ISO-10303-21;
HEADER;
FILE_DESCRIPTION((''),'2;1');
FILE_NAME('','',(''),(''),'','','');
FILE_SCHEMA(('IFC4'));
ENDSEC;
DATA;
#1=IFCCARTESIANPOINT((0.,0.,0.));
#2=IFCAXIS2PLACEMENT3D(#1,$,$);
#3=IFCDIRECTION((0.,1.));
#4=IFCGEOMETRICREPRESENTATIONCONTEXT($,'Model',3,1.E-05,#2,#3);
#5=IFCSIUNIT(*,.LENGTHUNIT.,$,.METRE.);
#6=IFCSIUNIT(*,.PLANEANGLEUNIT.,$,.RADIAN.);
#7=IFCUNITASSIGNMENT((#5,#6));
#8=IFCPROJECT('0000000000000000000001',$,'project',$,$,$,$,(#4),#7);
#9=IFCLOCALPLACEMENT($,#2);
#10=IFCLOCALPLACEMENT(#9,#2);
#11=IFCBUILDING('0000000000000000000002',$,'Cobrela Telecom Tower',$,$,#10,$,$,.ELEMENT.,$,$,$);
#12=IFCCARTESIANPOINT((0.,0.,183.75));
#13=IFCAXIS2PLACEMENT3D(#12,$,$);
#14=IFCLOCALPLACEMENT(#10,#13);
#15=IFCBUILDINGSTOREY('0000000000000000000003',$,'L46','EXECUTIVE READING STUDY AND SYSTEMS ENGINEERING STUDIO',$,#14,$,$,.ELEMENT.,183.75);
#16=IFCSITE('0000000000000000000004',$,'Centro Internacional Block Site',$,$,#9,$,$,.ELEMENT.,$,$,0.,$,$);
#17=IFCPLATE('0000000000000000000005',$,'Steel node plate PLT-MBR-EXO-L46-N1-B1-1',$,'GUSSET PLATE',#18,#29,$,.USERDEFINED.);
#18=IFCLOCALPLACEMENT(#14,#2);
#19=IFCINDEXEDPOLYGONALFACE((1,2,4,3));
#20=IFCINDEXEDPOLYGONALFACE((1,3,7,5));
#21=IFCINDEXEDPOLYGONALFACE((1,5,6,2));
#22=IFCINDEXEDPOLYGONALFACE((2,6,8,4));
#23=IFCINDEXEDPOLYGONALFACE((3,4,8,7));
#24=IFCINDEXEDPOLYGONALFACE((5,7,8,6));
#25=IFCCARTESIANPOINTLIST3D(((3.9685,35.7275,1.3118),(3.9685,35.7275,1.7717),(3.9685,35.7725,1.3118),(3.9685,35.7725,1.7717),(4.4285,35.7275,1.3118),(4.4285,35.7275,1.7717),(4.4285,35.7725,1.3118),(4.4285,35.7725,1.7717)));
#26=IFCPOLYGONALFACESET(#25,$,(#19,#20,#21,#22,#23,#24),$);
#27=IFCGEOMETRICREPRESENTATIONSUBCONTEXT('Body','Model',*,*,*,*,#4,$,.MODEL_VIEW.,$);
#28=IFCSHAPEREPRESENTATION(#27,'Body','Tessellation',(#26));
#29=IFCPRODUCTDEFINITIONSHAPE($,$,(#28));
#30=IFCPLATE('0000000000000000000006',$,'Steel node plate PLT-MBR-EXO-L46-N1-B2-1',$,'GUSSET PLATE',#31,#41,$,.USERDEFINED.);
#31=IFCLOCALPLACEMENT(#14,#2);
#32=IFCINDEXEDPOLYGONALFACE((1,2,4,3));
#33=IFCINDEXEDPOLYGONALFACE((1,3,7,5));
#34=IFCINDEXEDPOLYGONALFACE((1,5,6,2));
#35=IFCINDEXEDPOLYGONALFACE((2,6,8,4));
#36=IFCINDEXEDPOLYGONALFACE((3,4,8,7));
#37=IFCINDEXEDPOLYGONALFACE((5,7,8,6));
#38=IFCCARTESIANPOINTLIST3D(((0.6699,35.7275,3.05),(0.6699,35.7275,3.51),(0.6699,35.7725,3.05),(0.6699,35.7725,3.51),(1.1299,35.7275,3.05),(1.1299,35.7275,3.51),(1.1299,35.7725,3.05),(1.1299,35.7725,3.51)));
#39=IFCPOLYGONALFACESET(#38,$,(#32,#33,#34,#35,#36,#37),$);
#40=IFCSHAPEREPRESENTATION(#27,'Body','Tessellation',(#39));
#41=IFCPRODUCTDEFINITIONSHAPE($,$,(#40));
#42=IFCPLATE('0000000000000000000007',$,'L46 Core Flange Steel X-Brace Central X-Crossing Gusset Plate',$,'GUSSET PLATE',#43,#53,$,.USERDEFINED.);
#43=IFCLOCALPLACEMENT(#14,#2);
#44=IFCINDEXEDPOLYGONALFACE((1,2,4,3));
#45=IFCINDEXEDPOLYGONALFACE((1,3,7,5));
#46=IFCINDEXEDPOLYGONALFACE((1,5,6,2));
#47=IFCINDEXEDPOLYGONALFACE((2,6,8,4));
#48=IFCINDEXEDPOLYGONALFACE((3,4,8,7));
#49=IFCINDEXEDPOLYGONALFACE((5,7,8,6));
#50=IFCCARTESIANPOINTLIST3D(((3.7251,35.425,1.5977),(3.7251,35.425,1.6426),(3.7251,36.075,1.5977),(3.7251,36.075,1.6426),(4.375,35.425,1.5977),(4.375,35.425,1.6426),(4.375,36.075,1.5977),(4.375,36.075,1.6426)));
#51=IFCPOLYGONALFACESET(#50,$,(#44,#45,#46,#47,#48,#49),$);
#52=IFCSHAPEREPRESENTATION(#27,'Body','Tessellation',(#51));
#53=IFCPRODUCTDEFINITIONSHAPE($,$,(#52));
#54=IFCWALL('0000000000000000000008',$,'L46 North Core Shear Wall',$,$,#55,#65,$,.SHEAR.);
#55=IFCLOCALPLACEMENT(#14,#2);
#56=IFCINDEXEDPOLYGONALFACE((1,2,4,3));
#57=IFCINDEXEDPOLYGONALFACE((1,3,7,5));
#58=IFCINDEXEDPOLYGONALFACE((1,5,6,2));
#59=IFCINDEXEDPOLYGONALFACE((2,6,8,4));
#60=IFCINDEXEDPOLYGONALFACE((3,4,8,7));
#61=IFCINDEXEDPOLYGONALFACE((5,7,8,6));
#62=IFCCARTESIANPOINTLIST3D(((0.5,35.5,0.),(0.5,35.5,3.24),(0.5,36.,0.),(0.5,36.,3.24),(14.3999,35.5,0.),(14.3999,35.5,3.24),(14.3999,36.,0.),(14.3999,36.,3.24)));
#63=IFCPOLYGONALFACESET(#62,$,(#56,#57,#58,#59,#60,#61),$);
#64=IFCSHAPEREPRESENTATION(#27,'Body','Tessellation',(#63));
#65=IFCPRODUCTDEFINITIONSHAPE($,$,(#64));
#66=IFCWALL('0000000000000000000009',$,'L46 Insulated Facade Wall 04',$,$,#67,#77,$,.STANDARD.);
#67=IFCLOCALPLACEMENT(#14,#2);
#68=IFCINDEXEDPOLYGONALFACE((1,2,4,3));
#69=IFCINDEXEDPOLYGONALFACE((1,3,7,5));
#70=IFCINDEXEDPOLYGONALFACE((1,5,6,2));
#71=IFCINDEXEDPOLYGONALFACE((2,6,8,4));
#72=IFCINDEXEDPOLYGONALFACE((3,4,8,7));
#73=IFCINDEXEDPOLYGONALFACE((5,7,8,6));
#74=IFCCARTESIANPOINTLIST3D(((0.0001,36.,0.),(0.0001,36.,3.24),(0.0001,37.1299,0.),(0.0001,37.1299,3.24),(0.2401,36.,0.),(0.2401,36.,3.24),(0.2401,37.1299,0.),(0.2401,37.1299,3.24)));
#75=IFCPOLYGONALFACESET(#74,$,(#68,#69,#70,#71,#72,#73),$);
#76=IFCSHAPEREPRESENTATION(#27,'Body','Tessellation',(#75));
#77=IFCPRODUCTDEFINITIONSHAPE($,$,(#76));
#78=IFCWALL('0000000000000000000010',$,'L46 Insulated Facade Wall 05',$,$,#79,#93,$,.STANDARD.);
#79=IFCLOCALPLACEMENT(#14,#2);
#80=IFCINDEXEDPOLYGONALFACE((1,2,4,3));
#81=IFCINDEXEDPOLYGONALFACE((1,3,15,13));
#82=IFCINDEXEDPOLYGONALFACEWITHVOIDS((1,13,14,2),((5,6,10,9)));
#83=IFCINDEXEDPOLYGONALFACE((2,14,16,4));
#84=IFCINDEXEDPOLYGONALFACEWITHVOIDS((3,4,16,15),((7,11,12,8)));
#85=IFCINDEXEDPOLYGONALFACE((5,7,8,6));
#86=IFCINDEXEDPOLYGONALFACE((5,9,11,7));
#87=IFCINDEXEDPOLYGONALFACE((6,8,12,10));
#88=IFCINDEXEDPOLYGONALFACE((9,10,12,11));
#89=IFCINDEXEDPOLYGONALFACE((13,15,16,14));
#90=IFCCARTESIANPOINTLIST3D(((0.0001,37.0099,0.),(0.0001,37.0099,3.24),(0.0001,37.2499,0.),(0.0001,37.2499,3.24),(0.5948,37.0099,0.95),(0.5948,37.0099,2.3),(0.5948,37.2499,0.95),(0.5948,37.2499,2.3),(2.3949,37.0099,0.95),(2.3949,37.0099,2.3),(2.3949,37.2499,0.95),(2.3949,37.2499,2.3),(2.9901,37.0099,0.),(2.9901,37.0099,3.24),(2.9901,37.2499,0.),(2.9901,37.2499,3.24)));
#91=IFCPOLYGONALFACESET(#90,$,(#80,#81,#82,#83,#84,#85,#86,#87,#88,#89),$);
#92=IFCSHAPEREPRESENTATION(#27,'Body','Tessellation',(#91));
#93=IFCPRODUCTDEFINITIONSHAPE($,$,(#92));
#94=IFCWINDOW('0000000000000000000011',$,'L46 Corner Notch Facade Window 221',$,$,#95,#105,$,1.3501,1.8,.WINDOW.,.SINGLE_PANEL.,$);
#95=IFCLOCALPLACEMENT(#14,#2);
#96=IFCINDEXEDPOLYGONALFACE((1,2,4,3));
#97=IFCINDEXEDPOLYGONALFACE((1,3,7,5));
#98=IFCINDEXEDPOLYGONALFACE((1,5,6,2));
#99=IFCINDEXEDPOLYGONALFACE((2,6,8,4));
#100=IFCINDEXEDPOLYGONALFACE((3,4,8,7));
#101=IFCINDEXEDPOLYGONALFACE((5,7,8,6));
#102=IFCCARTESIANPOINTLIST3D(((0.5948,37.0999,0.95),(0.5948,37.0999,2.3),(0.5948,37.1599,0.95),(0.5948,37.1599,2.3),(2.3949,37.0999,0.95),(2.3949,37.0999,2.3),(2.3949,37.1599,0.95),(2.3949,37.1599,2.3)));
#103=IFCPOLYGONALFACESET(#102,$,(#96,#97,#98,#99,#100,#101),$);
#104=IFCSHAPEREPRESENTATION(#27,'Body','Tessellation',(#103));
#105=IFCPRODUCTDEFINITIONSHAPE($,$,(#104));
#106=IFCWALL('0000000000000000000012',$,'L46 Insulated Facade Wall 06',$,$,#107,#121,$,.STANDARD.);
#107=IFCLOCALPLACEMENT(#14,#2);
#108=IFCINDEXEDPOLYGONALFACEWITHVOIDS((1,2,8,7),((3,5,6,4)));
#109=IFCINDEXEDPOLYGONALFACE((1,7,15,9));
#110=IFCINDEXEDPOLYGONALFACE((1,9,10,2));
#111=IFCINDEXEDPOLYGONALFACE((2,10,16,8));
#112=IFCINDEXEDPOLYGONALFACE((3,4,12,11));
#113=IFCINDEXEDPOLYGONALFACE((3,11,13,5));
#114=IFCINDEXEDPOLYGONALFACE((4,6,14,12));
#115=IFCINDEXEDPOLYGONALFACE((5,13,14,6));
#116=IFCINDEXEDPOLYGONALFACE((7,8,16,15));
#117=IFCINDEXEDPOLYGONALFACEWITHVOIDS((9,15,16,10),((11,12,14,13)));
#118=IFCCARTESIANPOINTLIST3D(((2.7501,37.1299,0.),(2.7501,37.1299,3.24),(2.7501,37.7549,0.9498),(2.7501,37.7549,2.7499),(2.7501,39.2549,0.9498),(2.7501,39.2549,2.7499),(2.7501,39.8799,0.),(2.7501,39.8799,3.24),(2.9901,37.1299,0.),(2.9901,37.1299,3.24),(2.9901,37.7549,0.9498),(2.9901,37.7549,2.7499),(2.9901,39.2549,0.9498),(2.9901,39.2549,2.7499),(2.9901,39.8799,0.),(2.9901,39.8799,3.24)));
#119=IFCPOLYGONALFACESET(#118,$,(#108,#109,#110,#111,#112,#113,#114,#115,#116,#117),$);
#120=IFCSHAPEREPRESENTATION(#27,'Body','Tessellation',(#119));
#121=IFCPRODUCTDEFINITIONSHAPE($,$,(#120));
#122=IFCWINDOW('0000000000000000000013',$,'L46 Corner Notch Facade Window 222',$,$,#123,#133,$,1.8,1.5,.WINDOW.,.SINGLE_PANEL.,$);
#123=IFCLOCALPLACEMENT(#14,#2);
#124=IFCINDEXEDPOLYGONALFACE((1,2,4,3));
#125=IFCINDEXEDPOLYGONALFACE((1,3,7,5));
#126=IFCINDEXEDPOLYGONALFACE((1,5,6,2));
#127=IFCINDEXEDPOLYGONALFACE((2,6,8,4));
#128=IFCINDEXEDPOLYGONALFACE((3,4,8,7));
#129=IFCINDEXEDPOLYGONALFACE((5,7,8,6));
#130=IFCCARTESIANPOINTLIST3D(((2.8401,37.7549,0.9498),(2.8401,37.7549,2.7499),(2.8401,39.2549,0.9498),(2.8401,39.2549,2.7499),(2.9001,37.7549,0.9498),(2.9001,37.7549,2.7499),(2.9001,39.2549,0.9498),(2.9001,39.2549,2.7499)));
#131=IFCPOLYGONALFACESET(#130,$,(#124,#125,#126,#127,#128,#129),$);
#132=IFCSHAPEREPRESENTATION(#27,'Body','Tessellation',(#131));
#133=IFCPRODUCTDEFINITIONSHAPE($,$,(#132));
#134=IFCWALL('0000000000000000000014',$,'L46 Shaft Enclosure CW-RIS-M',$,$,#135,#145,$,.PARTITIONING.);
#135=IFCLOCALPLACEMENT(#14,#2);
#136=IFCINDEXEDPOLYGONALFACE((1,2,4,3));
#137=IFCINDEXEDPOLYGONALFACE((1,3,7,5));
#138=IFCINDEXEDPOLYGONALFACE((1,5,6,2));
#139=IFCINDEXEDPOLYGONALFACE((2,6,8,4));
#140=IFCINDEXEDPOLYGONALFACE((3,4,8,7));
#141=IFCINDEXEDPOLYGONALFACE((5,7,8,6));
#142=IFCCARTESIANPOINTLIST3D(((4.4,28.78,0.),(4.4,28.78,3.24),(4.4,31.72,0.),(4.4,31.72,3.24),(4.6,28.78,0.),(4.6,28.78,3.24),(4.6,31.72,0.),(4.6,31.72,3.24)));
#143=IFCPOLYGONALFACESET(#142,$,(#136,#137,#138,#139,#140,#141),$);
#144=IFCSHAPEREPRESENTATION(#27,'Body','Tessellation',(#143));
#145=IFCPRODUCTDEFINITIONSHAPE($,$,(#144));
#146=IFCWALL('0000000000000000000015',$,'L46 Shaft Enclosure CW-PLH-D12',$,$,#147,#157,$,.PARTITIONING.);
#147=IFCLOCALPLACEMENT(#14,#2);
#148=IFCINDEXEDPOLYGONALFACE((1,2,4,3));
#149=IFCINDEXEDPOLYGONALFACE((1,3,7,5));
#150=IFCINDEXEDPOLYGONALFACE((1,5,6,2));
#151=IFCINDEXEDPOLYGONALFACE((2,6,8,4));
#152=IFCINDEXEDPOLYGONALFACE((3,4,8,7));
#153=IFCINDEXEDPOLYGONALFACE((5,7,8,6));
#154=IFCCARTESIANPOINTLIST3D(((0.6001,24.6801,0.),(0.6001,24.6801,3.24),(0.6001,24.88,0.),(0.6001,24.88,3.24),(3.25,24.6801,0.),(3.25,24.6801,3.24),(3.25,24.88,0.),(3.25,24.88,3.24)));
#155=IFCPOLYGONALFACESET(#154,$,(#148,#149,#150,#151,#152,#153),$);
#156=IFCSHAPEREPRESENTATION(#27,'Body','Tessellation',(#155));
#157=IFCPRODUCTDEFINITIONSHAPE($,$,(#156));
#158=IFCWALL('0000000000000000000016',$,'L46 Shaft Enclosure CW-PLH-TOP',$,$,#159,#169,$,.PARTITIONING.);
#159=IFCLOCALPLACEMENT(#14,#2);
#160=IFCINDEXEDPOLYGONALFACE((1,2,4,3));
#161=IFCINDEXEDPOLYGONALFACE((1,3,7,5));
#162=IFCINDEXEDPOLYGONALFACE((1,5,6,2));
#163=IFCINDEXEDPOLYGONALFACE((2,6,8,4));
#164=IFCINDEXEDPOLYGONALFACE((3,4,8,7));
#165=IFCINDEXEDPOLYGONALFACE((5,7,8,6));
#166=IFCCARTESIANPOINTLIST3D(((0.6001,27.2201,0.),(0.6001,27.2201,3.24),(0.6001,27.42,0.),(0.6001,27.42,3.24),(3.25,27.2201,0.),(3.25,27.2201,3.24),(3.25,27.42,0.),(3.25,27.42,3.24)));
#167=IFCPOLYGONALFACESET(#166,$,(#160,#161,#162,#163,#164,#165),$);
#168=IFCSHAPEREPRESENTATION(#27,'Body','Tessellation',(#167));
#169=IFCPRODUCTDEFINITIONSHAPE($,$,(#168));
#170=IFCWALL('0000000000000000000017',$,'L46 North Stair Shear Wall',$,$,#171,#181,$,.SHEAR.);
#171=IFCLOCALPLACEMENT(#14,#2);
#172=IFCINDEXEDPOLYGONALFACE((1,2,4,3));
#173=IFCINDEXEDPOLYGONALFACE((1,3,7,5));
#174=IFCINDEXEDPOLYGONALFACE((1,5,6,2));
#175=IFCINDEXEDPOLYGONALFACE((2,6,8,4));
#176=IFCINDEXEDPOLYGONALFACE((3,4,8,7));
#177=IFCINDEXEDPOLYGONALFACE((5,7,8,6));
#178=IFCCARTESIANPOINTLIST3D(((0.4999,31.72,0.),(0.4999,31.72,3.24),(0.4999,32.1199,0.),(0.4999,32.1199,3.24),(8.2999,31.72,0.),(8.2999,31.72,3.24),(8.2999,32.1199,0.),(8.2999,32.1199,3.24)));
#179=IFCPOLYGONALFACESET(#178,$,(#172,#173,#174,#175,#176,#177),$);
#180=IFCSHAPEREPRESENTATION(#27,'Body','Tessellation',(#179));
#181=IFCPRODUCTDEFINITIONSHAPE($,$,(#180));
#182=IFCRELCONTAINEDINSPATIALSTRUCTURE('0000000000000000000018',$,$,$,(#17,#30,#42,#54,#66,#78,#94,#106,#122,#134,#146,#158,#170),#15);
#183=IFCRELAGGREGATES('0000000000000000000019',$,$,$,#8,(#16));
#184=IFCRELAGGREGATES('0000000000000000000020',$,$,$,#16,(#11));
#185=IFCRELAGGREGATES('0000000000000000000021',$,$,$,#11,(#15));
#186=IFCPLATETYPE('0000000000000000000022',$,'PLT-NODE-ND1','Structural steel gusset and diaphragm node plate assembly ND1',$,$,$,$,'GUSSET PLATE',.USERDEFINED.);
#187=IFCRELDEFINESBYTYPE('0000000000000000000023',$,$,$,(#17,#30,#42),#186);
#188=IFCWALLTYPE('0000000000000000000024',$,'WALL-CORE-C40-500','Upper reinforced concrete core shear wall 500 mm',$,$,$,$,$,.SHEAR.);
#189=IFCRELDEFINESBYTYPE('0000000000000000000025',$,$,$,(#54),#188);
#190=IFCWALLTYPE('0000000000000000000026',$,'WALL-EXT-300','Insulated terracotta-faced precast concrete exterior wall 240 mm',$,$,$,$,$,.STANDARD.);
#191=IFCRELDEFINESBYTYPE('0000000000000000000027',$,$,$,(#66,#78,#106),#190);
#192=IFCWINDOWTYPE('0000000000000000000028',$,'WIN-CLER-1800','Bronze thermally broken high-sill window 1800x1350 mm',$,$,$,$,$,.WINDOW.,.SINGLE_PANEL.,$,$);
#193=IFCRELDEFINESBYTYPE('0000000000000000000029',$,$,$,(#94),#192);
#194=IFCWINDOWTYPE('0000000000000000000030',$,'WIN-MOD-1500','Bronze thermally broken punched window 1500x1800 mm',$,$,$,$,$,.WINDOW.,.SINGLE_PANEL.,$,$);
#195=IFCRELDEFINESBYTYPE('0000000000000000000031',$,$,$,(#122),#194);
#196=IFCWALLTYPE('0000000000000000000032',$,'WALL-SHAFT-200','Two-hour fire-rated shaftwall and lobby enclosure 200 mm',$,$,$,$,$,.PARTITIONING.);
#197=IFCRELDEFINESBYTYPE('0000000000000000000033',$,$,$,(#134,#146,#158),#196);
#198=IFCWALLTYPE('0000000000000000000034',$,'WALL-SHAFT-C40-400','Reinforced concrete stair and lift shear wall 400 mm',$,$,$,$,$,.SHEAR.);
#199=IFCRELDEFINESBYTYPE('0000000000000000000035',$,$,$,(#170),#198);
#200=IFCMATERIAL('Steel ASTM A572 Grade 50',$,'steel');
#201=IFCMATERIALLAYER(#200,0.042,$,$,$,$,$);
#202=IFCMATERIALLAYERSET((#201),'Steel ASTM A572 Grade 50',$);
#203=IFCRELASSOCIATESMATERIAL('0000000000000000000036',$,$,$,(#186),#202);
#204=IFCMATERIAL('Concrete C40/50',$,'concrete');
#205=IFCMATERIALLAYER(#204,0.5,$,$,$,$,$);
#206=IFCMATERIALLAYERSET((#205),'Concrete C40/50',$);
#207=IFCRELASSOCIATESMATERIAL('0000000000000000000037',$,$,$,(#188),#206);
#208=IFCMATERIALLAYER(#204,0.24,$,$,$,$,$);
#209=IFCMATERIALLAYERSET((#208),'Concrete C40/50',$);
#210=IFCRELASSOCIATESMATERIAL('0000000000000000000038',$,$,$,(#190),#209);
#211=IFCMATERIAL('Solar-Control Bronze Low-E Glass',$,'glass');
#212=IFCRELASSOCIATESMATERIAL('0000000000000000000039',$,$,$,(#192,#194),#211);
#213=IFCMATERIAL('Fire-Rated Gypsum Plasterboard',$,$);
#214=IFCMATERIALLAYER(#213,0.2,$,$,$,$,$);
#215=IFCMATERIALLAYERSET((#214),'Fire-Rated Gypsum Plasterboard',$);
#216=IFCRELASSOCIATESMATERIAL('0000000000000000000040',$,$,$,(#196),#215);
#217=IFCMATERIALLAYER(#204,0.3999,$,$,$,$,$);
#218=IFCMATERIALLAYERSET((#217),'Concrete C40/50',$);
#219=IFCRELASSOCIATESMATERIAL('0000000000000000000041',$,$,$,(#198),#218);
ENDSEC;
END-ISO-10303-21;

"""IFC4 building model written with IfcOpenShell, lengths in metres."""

from ifc_helpers import new_model, si_unit, direction, frame, frame_2d, origin, origin_2d, place, context, subcontext, project, spatial, rectangle, extrude, material, layer, layer_set, type_object, element, fill, save


model = new_model("IFC4")

# Units and contexts
model_context = context("Model", 3, precision=1e-05, world=origin(), true_north=direction((0.0, 1.0)))
body_context = subcontext(model_context, "Body", "Model", "MODEL_VIEW")
ifc_project = project(units=[si_unit("LENGTHUNIT", "METRE"), si_unit("PLANEANGLEUNIT", "RADIAN")], contexts=[model_context])

# Site, building, storey
site_placement = place(None, origin())
site = spatial("IfcSite", under=ifc_project, at=site_placement, Name="Centro Internacional Block Site", CompositionType="ELEMENT", RefElevation=0.0)
building_placement = place(site_placement, origin())
building = spatial("IfcBuilding", under=site, at=building_placement, Name="Cobrela Telecom Tower", CompositionType="ELEMENT")
storey_placement = place(building_placement, frame((0.0, 0.0, 183.75)))
storey = spatial("IfcBuildingStorey", under=building, at=storey_placement, Name="L46", Description="EXECUTIVE READING STUDY AND SYSTEMS ENGINEERING STUDIO", CompositionType="ELEMENT", Elevation=183.75)

# Shared definitions
ifc_material_1 = material(Name="Steel ASTM A572 Grade 50", Category="steel")

# Shared definitions
ifc_material_2 = material(Name="Solar-Control Bronze Low-E Glass", Category="glass")

# Plates
ifc_layer_1 = layer(ifc_material_1, 0.042)
ifc_layer_set_1 = layer_set([ifc_layer_1], Name="Steel ASTM A572 Grade 50")
plate_type_1 = type_object("IfcPlateType", Name="PLT-NODE-ND1", Description="Structural steel gusset and diaphragm node plate assembly ND1", ElementType="GUSSET PLATE", PredefinedType="USERDEFINED", material=ifc_layer_set_1)
for number, where, z_axis, x_axis, name in (
    (1, (4.1985, 35.75, 1.3118), (0.0, 0.0, 1.0), (-1.0, 0.0, 0.0), "Steel node plate PLT-MBR-EXO-L46-N1-B1-1"),
    (2, (0.8999, 35.75, 3.05), (0.0, 0.0, 1.0), (-1.0, 0.0, 0.0), "Steel node plate PLT-MBR-EXO-L46-N1-B2-1"),
):
    element("IfcPlate", number, at=place(storey_placement, frame(where, z_axis=z_axis, x_axis=x_axis)), inside=storey, type_object=plate_type_1, Name=name, ObjectType="GUSSET PLATE", PredefinedType="USERDEFINED", context=body_context, shape_type="SweptSolid", body=[
        extrude(rectangle(XDim=0.46, YDim=0.0449, at=origin_2d()), origin(), (0.0, 0.0, 1.0), 0.46),
    ])
plate_1_placement = place(storey_placement, frame((4.05, 35.75, 1.5977), z_axis=(0.0, 0.0, 1.0), x_axis=(1.0, 0.0, 0.0)))
element("IfcPlate", 3, at=plate_1_placement, inside=storey, type_object=plate_type_1, Name="L46 Core Flange Steel X-Brace Central X-Crossing Gusset Plate", ObjectType="GUSSET PLATE", PredefinedType="USERDEFINED", context=body_context, shape_type="SweptSolid", body=[
    extrude(rectangle(XDim=0.6499, YDim=0.6499, at=origin_2d()), origin(), (0.0, 0.0, 1.0), 0.0449),
])

# Walls
ifc_material_3 = material(Name="Concrete C40/50", Category="concrete")
ifc_layer_2 = layer(ifc_material_3, 0.5)
ifc_layer_set_2 = layer_set([ifc_layer_2], Name="Concrete C40/50")
wall_type_1 = type_object("IfcWallType", Name="WALL-CORE-C40-500", Description="Upper reinforced concrete core shear wall 500 mm", PredefinedType="SHEAR", material=ifc_layer_set_2)
wall_1_placement = place(storey_placement, frame((0.5, 35.75, 0.0), z_axis=(0.0, 0.0, 1.0), x_axis=(1.0, 0.0, 0.0)))
element("IfcWall", 4, at=wall_1_placement, inside=storey, type_object=wall_type_1, Name="L46 North Core Shear Wall", PredefinedType="SHEAR", context=body_context, shape_type="SweptSolid", body=[
    extrude(rectangle(XDim=13.8999, YDim=0.5, at=frame_2d((6.95, 0.0))), origin(), (0.0, 0.0, 1.0), 3.24),
])
ifc_layer_3 = layer(ifc_material_3, 0.24)
ifc_layer_set_3 = layer_set([ifc_layer_3], Name="Concrete C40/50")
wall_type_2 = type_object("IfcWallType", Name="WALL-EXT-300", Description="Insulated terracotta-faced precast concrete exterior wall 240 mm", PredefinedType="STANDARD", material=ifc_layer_set_3)
wall_2_placement = place(storey_placement, frame((0.1201, 36.0, 0.0), z_axis=(0.0, 0.0, 1.0), x_axis=(0.0, 1.0, 0.0)))
element("IfcWall", 5, at=wall_2_placement, inside=storey, type_object=wall_type_2, Name="L46 Insulated Facade Wall 04", PredefinedType="STANDARD", context=body_context, shape_type="SweptSolid", body=[
    extrude(rectangle(XDim=1.1299, YDim=0.24, at=frame_2d((0.5649, 0.0))), origin(), (0.0, 0.0, 1.0), 3.24),
])

# Walls, openings, windows
wall_3_placement = place(storey_placement, frame((0.0, 37.1299, 0.0), z_axis=(0.0, 0.0, 1.0), x_axis=(1.0, 0.0, 0.0)))
wall_3 = element("IfcWall", 6, at=wall_3_placement, inside=storey, type_object=wall_type_2, Name="L46 Insulated Facade Wall 05", PredefinedType="STANDARD", context=body_context, shape_type="SweptSolid", body=[
    extrude(rectangle(XDim=2.99, YDim=0.24, at=frame_2d((1.4951, 0.0))), origin(), (0.0, 0.0, 1.0), 3.24),
])
opening_1_placement = place(wall_3_placement, frame((0.595, 0.0, 0.95)))
opening_1 = element("IfcOpeningElement", 7, at=opening_1_placement, cuts=wall_3, PredefinedType="OPENING", context=body_context, shape_type="SweptSolid", body=[
    extrude(rectangle(XDim=1.8, YDim=1.3501, at=frame_2d((0.8999, 0.675))), frame((0.0, 0.1318, 0.0), z_axis=(0.0, -1.0, 0.0), x_axis=(1.0, 0.0, 0.0)), (0.0, 0.0, 1.0), 0.2639),
])
window_type_1 = type_object("IfcWindowType", Name="WIN-CLER-1800", Description="Bronze thermally broken high-sill window 1800x1350 mm", PartitioningType="SINGLE_PANEL", PredefinedType="WINDOW", material=ifc_material_2)
window_1_placement = place(opening_1_placement, origin())
window_1 = element("IfcWindow", 8, at=window_1_placement, inside=storey, type_object=window_type_1, Name="L46 Corner Notch Facade Window 221", OverallHeight=1.3501, OverallWidth=1.8, PartitioningType="SINGLE_PANEL", PredefinedType="WINDOW", context=body_context, shape_type="SweptSolid", body=[
    extrude(rectangle(XDim=1.8, YDim=1.3501, at=frame_2d((0.8999, 0.675))), frame((0.0, 0.03, 0.0), z_axis=(0.0, -1.0, 0.0), x_axis=(1.0, 0.0, 0.0)), (0.0, 0.0, 1.0), 0.0601),
])
fill(opening_1, window_1)
wall_4_placement = place(storey_placement, frame((2.8701, 37.1299, 0.0), z_axis=(0.0, 0.0, 1.0), x_axis=(0.0, 1.0, 0.0)))
wall_4 = element("IfcWall", 9, at=wall_4_placement, inside=storey, type_object=wall_type_2, Name="L46 Insulated Facade Wall 06", PredefinedType="STANDARD", context=body_context, shape_type="SweptSolid", body=[
    extrude(rectangle(XDim=2.75, YDim=0.24, at=frame_2d((1.375, 0.0))), origin(), (0.0, 0.0, 1.0), 3.24),
])
opening_2_placement = place(wall_4_placement, frame((0.625, 0.0, 0.95)))
opening_2 = element("IfcOpeningElement", 10, at=opening_2_placement, cuts=wall_4, PredefinedType="OPENING", context=body_context, shape_type="SweptSolid", body=[
    extrude(rectangle(XDim=1.5, YDim=1.8, at=frame_2d((0.75, 0.8999))), frame((0.0, 0.1318, 0.0), z_axis=(0.0, -1.0, 0.0), x_axis=(1.0, 0.0, 0.0)), (0.0, 0.0, 1.0), 0.2639),
])
window_type_2 = type_object("IfcWindowType", Name="WIN-MOD-1500", Description="Bronze thermally broken punched window 1500x1800 mm", PartitioningType="SINGLE_PANEL", PredefinedType="WINDOW", material=ifc_material_2)
window_2_placement = place(opening_2_placement, origin())
window_2 = element("IfcWindow", 11, at=window_2_placement, inside=storey, type_object=window_type_2, Name="L46 Corner Notch Facade Window 222", OverallHeight=1.8, OverallWidth=1.5, PartitioningType="SINGLE_PANEL", PredefinedType="WINDOW", context=body_context, shape_type="SweptSolid", body=[
    extrude(rectangle(XDim=1.5, YDim=1.8, at=frame_2d((0.75, 0.8999))), frame((0.0, 0.03, 0.0), z_axis=(0.0, -1.0, 0.0), x_axis=(1.0, 0.0, 0.0)), (0.0, 0.0, 1.0), 0.0601),
])
fill(opening_2, window_2)

# Shared definitions
ifc_material_4 = material(Name="Fire-Rated Gypsum Plasterboard")
ifc_layer_4 = layer(ifc_material_4, 0.2)
ifc_layer_set_4 = layer_set([ifc_layer_4], Name="Fire-Rated Gypsum Plasterboard")
wall_type_3 = type_object("IfcWallType", Name="WALL-SHAFT-200", Description="Two-hour fire-rated shaftwall and lobby enclosure 200 mm", PredefinedType="PARTITIONING", material=ifc_layer_set_4)

# Walls
wall_5_placement = place(storey_placement, frame((4.5, 28.78, 0.0), z_axis=(0.0, 0.0, 1.0), x_axis=(0.0, 1.0, 0.0)))
element("IfcWall", 12, at=wall_5_placement, inside=storey, type_object=wall_type_3, Name="L46 Shaft Enclosure CW-RIS-M", PredefinedType="PARTITIONING", context=body_context, shape_type="SweptSolid", body=[
    extrude(rectangle(XDim=2.9399, YDim=0.2, at=frame_2d((1.47, 0.0))), origin(), (0.0, 0.0, 1.0), 3.24),
])
for number, where, z_axis, x_axis, name in (
    (13, (0.6001, 24.78, 0.0), (0.0, 0.0, 1.0), (1.0, 0.0, 0.0), "L46 Shaft Enclosure CW-PLH-D12"),
    (14, (0.6001, 27.3201, 0.0), (0.0, 0.0, 1.0), (1.0, 0.0, 0.0), "L46 Shaft Enclosure CW-PLH-TOP"),
):
    element("IfcWall", number, at=place(storey_placement, frame(where, z_axis=z_axis, x_axis=x_axis)), inside=storey, type_object=wall_type_3, Name=name, PredefinedType="PARTITIONING", context=body_context, shape_type="SweptSolid", body=[
        extrude(rectangle(XDim=2.6499, YDim=0.2, at=frame_2d((1.325, 0.0))), origin(), (0.0, 0.0, 1.0), 3.24),
    ])
ifc_layer_5 = layer(ifc_material_3, 0.3999)
ifc_layer_set_5 = layer_set([ifc_layer_5], Name="Concrete C40/50")
wall_type_4 = type_object("IfcWallType", Name="WALL-SHAFT-C40-400", Description="Reinforced concrete stair and lift shear wall 400 mm", PredefinedType="SHEAR", material=ifc_layer_set_5)
wall_6_placement = place(storey_placement, frame((0.5, 31.9199, 0.0), z_axis=(0.0, 0.0, 1.0), x_axis=(1.0, 0.0, 0.0)))
element("IfcWall", 15, at=wall_6_placement, inside=storey, type_object=wall_type_4, Name="L46 North Stair Shear Wall", PredefinedType="SHEAR", context=body_context, shape_type="SweptSolid", body=[
    extrude(rectangle(XDim=7.8, YDim=0.3999, at=frame_2d((3.8999, 0.0))), origin(), (0.0, 0.0, 1.0), 3.24),
])

save(model, "model.ifc")
